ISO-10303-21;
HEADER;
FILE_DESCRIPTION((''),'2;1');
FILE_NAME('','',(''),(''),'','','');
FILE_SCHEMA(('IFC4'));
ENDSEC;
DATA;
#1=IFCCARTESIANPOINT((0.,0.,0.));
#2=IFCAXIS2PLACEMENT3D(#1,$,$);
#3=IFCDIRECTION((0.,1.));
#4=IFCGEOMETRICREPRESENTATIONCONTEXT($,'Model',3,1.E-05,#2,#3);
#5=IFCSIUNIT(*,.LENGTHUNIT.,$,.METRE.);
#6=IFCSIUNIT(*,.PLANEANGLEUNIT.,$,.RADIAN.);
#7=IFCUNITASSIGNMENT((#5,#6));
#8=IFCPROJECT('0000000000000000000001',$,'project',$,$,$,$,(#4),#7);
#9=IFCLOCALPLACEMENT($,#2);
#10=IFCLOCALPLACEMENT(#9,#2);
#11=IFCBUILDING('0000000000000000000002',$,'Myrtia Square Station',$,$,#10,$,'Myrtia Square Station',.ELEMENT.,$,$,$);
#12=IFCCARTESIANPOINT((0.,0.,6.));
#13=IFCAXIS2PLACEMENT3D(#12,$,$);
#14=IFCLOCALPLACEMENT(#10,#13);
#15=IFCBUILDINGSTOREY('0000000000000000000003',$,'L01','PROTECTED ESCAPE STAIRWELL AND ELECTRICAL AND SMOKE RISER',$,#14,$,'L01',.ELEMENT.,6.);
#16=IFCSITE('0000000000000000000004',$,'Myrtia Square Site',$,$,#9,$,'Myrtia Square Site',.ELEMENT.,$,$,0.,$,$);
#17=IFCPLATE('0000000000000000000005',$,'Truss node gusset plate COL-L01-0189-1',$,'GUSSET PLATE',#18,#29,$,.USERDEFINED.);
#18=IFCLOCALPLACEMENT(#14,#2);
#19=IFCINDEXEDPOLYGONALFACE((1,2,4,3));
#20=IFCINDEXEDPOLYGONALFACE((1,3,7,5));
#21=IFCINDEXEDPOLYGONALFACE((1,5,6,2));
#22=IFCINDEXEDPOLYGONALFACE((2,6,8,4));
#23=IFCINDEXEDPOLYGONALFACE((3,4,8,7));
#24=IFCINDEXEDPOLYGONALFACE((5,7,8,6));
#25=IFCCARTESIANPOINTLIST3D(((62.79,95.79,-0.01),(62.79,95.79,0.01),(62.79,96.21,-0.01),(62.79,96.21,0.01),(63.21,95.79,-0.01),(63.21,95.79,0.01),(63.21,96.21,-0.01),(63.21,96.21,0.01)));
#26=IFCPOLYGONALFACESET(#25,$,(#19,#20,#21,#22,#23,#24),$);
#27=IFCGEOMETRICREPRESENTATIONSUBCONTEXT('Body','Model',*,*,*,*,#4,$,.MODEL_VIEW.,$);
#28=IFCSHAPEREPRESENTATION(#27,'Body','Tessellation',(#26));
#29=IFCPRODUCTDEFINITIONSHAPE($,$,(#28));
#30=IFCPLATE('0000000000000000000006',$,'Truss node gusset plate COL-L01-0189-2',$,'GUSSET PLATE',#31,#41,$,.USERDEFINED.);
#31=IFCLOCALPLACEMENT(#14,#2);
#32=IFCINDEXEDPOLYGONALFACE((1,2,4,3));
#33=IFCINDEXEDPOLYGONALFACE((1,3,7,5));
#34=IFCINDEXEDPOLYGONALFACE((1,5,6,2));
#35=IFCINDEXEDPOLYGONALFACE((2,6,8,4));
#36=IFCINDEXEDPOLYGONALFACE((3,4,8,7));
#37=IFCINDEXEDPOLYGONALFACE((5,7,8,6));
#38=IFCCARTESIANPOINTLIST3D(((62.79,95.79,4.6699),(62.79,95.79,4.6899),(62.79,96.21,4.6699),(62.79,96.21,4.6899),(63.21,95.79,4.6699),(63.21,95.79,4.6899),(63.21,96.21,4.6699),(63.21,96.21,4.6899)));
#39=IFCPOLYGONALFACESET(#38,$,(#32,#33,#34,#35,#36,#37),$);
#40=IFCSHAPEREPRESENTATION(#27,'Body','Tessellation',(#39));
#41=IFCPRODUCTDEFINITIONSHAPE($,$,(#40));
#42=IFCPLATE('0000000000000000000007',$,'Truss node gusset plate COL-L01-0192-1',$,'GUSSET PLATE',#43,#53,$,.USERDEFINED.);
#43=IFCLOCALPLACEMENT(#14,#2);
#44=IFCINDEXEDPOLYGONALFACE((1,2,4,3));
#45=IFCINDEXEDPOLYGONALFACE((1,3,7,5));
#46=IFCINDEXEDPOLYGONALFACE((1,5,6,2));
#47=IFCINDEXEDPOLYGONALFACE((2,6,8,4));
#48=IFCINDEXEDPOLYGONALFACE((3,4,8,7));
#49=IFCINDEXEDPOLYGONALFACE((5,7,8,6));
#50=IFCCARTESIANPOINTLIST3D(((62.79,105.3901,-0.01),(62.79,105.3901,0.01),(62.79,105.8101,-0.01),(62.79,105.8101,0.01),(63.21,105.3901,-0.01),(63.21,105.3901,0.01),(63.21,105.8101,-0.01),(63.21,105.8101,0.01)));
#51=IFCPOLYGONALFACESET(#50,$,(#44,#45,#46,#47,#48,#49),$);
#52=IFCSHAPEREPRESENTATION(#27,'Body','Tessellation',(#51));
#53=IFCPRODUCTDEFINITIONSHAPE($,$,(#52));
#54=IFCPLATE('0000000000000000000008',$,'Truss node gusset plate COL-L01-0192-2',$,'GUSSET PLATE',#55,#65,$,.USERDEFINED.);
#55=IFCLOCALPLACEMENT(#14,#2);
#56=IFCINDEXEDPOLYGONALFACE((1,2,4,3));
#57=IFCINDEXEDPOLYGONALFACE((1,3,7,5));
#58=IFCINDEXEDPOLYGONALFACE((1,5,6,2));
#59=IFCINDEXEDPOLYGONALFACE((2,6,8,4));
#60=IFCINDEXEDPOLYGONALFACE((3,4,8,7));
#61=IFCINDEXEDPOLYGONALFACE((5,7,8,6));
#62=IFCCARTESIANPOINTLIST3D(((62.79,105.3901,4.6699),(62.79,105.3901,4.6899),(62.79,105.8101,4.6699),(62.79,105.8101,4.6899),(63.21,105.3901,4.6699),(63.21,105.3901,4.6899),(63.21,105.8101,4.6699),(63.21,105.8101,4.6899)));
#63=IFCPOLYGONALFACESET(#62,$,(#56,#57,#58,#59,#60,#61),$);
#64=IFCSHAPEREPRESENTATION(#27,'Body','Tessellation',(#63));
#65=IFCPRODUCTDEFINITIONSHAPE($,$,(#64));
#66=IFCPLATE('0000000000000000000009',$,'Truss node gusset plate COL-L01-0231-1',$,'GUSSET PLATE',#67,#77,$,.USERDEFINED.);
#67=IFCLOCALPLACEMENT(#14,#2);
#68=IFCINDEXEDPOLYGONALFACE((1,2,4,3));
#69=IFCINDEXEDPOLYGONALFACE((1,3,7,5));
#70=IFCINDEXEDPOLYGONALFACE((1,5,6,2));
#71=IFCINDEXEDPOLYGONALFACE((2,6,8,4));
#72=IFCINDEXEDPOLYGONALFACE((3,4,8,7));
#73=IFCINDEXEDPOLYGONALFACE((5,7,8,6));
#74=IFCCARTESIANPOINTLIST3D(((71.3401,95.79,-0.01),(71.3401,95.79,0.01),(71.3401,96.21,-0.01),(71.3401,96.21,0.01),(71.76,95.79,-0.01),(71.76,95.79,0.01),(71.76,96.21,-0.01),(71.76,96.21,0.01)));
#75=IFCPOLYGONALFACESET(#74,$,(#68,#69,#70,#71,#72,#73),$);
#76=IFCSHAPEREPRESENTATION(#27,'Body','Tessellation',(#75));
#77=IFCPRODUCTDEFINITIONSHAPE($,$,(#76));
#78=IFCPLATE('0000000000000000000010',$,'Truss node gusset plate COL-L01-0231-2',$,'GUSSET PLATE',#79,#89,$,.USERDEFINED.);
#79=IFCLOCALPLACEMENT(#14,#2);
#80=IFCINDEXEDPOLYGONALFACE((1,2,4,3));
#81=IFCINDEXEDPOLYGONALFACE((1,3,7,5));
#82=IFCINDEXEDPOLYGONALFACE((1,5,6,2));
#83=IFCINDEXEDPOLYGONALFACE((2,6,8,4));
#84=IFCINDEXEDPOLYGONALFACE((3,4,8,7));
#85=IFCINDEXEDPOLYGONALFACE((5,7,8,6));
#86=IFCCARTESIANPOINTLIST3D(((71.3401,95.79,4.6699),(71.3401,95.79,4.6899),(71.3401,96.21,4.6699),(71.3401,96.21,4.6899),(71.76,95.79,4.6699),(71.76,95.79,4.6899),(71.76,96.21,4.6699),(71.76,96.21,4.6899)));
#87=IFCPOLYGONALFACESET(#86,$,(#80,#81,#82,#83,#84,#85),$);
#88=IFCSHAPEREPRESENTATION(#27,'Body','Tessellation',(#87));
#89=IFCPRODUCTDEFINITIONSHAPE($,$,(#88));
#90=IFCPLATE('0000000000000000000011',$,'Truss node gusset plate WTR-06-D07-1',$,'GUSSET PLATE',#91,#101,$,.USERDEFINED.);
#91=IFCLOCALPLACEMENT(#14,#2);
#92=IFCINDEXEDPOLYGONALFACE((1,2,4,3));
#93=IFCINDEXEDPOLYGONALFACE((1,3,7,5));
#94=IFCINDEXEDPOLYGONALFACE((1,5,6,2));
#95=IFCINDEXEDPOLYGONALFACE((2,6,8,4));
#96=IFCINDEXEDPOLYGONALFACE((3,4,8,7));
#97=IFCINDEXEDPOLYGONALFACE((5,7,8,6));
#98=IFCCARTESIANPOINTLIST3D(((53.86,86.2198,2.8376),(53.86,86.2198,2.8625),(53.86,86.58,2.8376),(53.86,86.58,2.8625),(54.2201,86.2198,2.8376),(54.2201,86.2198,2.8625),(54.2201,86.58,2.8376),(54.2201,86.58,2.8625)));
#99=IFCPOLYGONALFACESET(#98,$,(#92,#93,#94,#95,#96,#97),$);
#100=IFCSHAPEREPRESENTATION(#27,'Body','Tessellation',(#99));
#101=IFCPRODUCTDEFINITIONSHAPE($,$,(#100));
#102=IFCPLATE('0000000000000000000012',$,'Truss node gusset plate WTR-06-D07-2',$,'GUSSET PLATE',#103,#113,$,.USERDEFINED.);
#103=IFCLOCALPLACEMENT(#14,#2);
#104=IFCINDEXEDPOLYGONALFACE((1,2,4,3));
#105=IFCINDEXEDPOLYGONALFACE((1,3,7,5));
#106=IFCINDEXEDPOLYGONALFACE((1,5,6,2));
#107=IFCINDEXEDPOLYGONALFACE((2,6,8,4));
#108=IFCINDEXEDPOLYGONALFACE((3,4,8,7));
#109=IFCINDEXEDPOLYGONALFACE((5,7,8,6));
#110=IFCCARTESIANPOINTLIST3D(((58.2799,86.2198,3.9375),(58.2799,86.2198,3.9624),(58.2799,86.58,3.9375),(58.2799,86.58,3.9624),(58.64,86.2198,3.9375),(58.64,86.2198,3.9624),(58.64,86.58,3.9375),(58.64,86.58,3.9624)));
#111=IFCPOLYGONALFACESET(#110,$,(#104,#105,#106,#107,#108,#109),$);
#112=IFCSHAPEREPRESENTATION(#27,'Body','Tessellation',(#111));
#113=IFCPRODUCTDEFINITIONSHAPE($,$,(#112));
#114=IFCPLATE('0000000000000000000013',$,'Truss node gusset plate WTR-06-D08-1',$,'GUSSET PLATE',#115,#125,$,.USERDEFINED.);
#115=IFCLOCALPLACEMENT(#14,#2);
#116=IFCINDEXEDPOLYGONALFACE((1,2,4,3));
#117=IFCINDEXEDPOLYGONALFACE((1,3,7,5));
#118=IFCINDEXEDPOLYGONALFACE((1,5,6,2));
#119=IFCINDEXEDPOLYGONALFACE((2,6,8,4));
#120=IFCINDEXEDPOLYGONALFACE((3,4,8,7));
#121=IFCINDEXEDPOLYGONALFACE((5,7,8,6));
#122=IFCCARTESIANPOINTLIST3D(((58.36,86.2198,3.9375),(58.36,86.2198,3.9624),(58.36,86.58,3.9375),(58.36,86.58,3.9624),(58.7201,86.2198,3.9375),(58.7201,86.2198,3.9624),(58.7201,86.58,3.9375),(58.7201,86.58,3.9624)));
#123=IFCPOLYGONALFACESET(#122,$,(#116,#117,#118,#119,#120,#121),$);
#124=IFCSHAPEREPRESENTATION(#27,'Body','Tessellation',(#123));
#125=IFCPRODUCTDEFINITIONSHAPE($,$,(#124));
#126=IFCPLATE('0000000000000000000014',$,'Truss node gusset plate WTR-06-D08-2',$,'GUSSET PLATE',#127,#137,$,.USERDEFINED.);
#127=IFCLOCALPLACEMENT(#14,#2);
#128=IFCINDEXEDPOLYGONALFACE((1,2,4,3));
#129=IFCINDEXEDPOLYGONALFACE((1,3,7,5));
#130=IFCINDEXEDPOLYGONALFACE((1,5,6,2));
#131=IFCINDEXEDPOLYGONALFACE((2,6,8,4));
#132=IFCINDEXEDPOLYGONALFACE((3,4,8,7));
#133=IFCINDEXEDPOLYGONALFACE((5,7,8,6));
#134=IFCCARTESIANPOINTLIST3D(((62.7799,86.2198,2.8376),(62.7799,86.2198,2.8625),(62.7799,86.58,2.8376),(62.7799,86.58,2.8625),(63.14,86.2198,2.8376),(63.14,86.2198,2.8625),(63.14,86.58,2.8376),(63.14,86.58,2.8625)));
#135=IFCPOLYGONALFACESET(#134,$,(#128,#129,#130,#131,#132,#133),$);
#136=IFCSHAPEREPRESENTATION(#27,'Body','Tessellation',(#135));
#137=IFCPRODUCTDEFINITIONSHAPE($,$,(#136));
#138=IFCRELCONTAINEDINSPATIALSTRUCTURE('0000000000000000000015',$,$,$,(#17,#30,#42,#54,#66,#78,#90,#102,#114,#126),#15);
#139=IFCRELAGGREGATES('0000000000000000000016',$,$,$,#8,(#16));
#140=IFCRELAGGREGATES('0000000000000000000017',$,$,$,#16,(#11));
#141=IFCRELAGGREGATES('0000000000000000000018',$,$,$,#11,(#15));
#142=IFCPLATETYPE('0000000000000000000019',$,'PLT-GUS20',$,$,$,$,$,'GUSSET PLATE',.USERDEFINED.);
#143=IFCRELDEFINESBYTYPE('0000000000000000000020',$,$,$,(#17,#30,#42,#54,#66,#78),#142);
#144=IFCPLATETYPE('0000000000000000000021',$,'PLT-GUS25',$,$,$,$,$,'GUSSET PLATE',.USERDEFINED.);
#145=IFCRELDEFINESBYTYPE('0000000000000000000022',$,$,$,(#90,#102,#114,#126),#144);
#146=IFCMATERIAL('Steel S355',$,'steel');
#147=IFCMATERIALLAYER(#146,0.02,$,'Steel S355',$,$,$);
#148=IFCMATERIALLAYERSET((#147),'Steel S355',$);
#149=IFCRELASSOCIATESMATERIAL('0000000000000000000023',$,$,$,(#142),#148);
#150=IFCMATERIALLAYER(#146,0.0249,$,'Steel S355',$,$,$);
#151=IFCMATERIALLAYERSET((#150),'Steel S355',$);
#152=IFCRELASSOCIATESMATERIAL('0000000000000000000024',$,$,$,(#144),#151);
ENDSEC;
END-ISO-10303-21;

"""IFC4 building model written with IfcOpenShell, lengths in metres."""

from ifc_helpers import new_model, si_unit, direction, frame, origin, origin_2d, place, context, subcontext, project, spatial, rectangle, extrude, material, layer, layer_set, type_object, element, save


model = new_model("IFC4")

# Units and contexts
model_context = context("Model", 3, precision=1e-05, world=origin(), true_north=direction((0.0, 1.0)))
body_context = subcontext(model_context, "Body", "Model", "MODEL_VIEW")
ifc_project = project(units=[si_unit("LENGTHUNIT", "METRE"), si_unit("PLANEANGLEUNIT", "RADIAN")], contexts=[model_context])

# Site, building, storey
site_placement = place(None, origin())
site = spatial("IfcSite", under=ifc_project, at=site_placement, Name="Myrtia Square Site", LongName="Myrtia Square Site", CompositionType="ELEMENT", RefElevation=0.0)
building_placement = place(site_placement, origin())
building = spatial("IfcBuilding", under=site, at=building_placement, Name="Myrtia Square Station", LongName="Myrtia Square Station", CompositionType="ELEMENT")
storey_placement = place(building_placement, frame((0.0, 0.0, 6.0)))
storey = spatial("IfcBuildingStorey", under=building, at=storey_placement, Name="L01", Description="PROTECTED ESCAPE STAIRWELL AND ELECTRICAL AND SMOKE RISER", LongName="L01", CompositionType="ELEMENT", Elevation=6.0)

# Shared definitions
ifc_material = material(Name="Steel S355", Category="steel")

# Plates
ifc_layer_1 = layer(ifc_material, 0.02, Name="Steel S355")
ifc_layer_set_1 = layer_set([ifc_layer_1], Name="Steel S355")
plate_type_1 = type_object("IfcPlateType", Name="PLT-GUS20", ElementType="GUSSET PLATE", PredefinedType="USERDEFINED", material=ifc_layer_set_1)
for number, where, z_axis, x_axis, name in (
    (1, (63.0, 96.0, -0.01), (0.0, 0.0, 1.0), (1.0, 0.0, 0.0), "Truss node gusset plate COL-L01-0189-1"),
    (2, (63.0, 96.0, 4.6699), (0.0, 0.0, 1.0), (1.0, 0.0, 0.0), "Truss node gusset plate COL-L01-0189-2"),
    (3, (63.0, 105.6001, -0.01), (0.0, 0.0, 1.0), (1.0, 0.0, 0.0), "Truss node gusset plate COL-L01-0192-1"),
    (4, (63.0, 105.6001, 4.6699), (0.0, 0.0, 1.0), (1.0, 0.0, 0.0), "Truss node gusset plate COL-L01-0192-2"),
    (5, (71.55, 96.0, -0.01), (0.0, 0.0, 1.0), (1.0, 0.0, 0.0), "Truss node gusset plate COL-L01-0231-1"),
    (6, (71.55, 96.0, 4.6699), (0.0, 0.0, 1.0), (1.0, 0.0, 0.0), "Truss node gusset plate COL-L01-0231-2"),
):
    element("IfcPlate", number, at=place(storey_placement, frame(where, z_axis=z_axis, x_axis=x_axis)), inside=storey, type_object=plate_type_1, Name=name, ObjectType="GUSSET PLATE", PredefinedType="USERDEFINED", context=body_context, shape_type="SweptSolid", body=[
        extrude(rectangle(XDim=0.4199, YDim=0.4199, at=origin_2d()), origin(), (0.0, 0.0, 1.0), 0.02),
    ])
ifc_layer_2 = layer(ifc_material, 0.0249, Name="Steel S355")
ifc_layer_set_2 = layer_set([ifc_layer_2], Name="Steel S355")
plate_type_2 = type_object("IfcPlateType", Name="PLT-GUS25", ElementType="GUSSET PLATE", PredefinedType="USERDEFINED", material=ifc_layer_set_2)
for number, where, z_axis, x_axis, name in (
    (7, (54.04, 86.3999, 2.8376), (0.0, 0.0, 1.0), (1.0, 0.0, 0.0), "Truss node gusset plate WTR-06-D07-1"),
    (8, (58.46, 86.3999, 3.9375), (0.0, 0.0, 1.0), (1.0, 0.0, 0.0), "Truss node gusset plate WTR-06-D07-2"),
    (9, (58.54, 86.3999, 3.9375), (0.0, 0.0, 1.0), (1.0, 0.0, 0.0), "Truss node gusset plate WTR-06-D08-1"),
    (10, (62.96, 86.3999, 2.8376), (0.0, 0.0, 1.0), (1.0, 0.0, 0.0), "Truss node gusset plate WTR-06-D08-2"),
):
    element("IfcPlate", number, at=place(storey_placement, frame(where, z_axis=z_axis, x_axis=x_axis)), inside=storey, type_object=plate_type_2, Name=name, ObjectType="GUSSET PLATE", PredefinedType="USERDEFINED", context=body_context, shape_type="SweptSolid", body=[
        extrude(rectangle(XDim=0.3601, YDim=0.3601, at=origin_2d()), origin(), (0.0, 0.0, 1.0), 0.0249),
    ])

save(model, "model.ifc")
